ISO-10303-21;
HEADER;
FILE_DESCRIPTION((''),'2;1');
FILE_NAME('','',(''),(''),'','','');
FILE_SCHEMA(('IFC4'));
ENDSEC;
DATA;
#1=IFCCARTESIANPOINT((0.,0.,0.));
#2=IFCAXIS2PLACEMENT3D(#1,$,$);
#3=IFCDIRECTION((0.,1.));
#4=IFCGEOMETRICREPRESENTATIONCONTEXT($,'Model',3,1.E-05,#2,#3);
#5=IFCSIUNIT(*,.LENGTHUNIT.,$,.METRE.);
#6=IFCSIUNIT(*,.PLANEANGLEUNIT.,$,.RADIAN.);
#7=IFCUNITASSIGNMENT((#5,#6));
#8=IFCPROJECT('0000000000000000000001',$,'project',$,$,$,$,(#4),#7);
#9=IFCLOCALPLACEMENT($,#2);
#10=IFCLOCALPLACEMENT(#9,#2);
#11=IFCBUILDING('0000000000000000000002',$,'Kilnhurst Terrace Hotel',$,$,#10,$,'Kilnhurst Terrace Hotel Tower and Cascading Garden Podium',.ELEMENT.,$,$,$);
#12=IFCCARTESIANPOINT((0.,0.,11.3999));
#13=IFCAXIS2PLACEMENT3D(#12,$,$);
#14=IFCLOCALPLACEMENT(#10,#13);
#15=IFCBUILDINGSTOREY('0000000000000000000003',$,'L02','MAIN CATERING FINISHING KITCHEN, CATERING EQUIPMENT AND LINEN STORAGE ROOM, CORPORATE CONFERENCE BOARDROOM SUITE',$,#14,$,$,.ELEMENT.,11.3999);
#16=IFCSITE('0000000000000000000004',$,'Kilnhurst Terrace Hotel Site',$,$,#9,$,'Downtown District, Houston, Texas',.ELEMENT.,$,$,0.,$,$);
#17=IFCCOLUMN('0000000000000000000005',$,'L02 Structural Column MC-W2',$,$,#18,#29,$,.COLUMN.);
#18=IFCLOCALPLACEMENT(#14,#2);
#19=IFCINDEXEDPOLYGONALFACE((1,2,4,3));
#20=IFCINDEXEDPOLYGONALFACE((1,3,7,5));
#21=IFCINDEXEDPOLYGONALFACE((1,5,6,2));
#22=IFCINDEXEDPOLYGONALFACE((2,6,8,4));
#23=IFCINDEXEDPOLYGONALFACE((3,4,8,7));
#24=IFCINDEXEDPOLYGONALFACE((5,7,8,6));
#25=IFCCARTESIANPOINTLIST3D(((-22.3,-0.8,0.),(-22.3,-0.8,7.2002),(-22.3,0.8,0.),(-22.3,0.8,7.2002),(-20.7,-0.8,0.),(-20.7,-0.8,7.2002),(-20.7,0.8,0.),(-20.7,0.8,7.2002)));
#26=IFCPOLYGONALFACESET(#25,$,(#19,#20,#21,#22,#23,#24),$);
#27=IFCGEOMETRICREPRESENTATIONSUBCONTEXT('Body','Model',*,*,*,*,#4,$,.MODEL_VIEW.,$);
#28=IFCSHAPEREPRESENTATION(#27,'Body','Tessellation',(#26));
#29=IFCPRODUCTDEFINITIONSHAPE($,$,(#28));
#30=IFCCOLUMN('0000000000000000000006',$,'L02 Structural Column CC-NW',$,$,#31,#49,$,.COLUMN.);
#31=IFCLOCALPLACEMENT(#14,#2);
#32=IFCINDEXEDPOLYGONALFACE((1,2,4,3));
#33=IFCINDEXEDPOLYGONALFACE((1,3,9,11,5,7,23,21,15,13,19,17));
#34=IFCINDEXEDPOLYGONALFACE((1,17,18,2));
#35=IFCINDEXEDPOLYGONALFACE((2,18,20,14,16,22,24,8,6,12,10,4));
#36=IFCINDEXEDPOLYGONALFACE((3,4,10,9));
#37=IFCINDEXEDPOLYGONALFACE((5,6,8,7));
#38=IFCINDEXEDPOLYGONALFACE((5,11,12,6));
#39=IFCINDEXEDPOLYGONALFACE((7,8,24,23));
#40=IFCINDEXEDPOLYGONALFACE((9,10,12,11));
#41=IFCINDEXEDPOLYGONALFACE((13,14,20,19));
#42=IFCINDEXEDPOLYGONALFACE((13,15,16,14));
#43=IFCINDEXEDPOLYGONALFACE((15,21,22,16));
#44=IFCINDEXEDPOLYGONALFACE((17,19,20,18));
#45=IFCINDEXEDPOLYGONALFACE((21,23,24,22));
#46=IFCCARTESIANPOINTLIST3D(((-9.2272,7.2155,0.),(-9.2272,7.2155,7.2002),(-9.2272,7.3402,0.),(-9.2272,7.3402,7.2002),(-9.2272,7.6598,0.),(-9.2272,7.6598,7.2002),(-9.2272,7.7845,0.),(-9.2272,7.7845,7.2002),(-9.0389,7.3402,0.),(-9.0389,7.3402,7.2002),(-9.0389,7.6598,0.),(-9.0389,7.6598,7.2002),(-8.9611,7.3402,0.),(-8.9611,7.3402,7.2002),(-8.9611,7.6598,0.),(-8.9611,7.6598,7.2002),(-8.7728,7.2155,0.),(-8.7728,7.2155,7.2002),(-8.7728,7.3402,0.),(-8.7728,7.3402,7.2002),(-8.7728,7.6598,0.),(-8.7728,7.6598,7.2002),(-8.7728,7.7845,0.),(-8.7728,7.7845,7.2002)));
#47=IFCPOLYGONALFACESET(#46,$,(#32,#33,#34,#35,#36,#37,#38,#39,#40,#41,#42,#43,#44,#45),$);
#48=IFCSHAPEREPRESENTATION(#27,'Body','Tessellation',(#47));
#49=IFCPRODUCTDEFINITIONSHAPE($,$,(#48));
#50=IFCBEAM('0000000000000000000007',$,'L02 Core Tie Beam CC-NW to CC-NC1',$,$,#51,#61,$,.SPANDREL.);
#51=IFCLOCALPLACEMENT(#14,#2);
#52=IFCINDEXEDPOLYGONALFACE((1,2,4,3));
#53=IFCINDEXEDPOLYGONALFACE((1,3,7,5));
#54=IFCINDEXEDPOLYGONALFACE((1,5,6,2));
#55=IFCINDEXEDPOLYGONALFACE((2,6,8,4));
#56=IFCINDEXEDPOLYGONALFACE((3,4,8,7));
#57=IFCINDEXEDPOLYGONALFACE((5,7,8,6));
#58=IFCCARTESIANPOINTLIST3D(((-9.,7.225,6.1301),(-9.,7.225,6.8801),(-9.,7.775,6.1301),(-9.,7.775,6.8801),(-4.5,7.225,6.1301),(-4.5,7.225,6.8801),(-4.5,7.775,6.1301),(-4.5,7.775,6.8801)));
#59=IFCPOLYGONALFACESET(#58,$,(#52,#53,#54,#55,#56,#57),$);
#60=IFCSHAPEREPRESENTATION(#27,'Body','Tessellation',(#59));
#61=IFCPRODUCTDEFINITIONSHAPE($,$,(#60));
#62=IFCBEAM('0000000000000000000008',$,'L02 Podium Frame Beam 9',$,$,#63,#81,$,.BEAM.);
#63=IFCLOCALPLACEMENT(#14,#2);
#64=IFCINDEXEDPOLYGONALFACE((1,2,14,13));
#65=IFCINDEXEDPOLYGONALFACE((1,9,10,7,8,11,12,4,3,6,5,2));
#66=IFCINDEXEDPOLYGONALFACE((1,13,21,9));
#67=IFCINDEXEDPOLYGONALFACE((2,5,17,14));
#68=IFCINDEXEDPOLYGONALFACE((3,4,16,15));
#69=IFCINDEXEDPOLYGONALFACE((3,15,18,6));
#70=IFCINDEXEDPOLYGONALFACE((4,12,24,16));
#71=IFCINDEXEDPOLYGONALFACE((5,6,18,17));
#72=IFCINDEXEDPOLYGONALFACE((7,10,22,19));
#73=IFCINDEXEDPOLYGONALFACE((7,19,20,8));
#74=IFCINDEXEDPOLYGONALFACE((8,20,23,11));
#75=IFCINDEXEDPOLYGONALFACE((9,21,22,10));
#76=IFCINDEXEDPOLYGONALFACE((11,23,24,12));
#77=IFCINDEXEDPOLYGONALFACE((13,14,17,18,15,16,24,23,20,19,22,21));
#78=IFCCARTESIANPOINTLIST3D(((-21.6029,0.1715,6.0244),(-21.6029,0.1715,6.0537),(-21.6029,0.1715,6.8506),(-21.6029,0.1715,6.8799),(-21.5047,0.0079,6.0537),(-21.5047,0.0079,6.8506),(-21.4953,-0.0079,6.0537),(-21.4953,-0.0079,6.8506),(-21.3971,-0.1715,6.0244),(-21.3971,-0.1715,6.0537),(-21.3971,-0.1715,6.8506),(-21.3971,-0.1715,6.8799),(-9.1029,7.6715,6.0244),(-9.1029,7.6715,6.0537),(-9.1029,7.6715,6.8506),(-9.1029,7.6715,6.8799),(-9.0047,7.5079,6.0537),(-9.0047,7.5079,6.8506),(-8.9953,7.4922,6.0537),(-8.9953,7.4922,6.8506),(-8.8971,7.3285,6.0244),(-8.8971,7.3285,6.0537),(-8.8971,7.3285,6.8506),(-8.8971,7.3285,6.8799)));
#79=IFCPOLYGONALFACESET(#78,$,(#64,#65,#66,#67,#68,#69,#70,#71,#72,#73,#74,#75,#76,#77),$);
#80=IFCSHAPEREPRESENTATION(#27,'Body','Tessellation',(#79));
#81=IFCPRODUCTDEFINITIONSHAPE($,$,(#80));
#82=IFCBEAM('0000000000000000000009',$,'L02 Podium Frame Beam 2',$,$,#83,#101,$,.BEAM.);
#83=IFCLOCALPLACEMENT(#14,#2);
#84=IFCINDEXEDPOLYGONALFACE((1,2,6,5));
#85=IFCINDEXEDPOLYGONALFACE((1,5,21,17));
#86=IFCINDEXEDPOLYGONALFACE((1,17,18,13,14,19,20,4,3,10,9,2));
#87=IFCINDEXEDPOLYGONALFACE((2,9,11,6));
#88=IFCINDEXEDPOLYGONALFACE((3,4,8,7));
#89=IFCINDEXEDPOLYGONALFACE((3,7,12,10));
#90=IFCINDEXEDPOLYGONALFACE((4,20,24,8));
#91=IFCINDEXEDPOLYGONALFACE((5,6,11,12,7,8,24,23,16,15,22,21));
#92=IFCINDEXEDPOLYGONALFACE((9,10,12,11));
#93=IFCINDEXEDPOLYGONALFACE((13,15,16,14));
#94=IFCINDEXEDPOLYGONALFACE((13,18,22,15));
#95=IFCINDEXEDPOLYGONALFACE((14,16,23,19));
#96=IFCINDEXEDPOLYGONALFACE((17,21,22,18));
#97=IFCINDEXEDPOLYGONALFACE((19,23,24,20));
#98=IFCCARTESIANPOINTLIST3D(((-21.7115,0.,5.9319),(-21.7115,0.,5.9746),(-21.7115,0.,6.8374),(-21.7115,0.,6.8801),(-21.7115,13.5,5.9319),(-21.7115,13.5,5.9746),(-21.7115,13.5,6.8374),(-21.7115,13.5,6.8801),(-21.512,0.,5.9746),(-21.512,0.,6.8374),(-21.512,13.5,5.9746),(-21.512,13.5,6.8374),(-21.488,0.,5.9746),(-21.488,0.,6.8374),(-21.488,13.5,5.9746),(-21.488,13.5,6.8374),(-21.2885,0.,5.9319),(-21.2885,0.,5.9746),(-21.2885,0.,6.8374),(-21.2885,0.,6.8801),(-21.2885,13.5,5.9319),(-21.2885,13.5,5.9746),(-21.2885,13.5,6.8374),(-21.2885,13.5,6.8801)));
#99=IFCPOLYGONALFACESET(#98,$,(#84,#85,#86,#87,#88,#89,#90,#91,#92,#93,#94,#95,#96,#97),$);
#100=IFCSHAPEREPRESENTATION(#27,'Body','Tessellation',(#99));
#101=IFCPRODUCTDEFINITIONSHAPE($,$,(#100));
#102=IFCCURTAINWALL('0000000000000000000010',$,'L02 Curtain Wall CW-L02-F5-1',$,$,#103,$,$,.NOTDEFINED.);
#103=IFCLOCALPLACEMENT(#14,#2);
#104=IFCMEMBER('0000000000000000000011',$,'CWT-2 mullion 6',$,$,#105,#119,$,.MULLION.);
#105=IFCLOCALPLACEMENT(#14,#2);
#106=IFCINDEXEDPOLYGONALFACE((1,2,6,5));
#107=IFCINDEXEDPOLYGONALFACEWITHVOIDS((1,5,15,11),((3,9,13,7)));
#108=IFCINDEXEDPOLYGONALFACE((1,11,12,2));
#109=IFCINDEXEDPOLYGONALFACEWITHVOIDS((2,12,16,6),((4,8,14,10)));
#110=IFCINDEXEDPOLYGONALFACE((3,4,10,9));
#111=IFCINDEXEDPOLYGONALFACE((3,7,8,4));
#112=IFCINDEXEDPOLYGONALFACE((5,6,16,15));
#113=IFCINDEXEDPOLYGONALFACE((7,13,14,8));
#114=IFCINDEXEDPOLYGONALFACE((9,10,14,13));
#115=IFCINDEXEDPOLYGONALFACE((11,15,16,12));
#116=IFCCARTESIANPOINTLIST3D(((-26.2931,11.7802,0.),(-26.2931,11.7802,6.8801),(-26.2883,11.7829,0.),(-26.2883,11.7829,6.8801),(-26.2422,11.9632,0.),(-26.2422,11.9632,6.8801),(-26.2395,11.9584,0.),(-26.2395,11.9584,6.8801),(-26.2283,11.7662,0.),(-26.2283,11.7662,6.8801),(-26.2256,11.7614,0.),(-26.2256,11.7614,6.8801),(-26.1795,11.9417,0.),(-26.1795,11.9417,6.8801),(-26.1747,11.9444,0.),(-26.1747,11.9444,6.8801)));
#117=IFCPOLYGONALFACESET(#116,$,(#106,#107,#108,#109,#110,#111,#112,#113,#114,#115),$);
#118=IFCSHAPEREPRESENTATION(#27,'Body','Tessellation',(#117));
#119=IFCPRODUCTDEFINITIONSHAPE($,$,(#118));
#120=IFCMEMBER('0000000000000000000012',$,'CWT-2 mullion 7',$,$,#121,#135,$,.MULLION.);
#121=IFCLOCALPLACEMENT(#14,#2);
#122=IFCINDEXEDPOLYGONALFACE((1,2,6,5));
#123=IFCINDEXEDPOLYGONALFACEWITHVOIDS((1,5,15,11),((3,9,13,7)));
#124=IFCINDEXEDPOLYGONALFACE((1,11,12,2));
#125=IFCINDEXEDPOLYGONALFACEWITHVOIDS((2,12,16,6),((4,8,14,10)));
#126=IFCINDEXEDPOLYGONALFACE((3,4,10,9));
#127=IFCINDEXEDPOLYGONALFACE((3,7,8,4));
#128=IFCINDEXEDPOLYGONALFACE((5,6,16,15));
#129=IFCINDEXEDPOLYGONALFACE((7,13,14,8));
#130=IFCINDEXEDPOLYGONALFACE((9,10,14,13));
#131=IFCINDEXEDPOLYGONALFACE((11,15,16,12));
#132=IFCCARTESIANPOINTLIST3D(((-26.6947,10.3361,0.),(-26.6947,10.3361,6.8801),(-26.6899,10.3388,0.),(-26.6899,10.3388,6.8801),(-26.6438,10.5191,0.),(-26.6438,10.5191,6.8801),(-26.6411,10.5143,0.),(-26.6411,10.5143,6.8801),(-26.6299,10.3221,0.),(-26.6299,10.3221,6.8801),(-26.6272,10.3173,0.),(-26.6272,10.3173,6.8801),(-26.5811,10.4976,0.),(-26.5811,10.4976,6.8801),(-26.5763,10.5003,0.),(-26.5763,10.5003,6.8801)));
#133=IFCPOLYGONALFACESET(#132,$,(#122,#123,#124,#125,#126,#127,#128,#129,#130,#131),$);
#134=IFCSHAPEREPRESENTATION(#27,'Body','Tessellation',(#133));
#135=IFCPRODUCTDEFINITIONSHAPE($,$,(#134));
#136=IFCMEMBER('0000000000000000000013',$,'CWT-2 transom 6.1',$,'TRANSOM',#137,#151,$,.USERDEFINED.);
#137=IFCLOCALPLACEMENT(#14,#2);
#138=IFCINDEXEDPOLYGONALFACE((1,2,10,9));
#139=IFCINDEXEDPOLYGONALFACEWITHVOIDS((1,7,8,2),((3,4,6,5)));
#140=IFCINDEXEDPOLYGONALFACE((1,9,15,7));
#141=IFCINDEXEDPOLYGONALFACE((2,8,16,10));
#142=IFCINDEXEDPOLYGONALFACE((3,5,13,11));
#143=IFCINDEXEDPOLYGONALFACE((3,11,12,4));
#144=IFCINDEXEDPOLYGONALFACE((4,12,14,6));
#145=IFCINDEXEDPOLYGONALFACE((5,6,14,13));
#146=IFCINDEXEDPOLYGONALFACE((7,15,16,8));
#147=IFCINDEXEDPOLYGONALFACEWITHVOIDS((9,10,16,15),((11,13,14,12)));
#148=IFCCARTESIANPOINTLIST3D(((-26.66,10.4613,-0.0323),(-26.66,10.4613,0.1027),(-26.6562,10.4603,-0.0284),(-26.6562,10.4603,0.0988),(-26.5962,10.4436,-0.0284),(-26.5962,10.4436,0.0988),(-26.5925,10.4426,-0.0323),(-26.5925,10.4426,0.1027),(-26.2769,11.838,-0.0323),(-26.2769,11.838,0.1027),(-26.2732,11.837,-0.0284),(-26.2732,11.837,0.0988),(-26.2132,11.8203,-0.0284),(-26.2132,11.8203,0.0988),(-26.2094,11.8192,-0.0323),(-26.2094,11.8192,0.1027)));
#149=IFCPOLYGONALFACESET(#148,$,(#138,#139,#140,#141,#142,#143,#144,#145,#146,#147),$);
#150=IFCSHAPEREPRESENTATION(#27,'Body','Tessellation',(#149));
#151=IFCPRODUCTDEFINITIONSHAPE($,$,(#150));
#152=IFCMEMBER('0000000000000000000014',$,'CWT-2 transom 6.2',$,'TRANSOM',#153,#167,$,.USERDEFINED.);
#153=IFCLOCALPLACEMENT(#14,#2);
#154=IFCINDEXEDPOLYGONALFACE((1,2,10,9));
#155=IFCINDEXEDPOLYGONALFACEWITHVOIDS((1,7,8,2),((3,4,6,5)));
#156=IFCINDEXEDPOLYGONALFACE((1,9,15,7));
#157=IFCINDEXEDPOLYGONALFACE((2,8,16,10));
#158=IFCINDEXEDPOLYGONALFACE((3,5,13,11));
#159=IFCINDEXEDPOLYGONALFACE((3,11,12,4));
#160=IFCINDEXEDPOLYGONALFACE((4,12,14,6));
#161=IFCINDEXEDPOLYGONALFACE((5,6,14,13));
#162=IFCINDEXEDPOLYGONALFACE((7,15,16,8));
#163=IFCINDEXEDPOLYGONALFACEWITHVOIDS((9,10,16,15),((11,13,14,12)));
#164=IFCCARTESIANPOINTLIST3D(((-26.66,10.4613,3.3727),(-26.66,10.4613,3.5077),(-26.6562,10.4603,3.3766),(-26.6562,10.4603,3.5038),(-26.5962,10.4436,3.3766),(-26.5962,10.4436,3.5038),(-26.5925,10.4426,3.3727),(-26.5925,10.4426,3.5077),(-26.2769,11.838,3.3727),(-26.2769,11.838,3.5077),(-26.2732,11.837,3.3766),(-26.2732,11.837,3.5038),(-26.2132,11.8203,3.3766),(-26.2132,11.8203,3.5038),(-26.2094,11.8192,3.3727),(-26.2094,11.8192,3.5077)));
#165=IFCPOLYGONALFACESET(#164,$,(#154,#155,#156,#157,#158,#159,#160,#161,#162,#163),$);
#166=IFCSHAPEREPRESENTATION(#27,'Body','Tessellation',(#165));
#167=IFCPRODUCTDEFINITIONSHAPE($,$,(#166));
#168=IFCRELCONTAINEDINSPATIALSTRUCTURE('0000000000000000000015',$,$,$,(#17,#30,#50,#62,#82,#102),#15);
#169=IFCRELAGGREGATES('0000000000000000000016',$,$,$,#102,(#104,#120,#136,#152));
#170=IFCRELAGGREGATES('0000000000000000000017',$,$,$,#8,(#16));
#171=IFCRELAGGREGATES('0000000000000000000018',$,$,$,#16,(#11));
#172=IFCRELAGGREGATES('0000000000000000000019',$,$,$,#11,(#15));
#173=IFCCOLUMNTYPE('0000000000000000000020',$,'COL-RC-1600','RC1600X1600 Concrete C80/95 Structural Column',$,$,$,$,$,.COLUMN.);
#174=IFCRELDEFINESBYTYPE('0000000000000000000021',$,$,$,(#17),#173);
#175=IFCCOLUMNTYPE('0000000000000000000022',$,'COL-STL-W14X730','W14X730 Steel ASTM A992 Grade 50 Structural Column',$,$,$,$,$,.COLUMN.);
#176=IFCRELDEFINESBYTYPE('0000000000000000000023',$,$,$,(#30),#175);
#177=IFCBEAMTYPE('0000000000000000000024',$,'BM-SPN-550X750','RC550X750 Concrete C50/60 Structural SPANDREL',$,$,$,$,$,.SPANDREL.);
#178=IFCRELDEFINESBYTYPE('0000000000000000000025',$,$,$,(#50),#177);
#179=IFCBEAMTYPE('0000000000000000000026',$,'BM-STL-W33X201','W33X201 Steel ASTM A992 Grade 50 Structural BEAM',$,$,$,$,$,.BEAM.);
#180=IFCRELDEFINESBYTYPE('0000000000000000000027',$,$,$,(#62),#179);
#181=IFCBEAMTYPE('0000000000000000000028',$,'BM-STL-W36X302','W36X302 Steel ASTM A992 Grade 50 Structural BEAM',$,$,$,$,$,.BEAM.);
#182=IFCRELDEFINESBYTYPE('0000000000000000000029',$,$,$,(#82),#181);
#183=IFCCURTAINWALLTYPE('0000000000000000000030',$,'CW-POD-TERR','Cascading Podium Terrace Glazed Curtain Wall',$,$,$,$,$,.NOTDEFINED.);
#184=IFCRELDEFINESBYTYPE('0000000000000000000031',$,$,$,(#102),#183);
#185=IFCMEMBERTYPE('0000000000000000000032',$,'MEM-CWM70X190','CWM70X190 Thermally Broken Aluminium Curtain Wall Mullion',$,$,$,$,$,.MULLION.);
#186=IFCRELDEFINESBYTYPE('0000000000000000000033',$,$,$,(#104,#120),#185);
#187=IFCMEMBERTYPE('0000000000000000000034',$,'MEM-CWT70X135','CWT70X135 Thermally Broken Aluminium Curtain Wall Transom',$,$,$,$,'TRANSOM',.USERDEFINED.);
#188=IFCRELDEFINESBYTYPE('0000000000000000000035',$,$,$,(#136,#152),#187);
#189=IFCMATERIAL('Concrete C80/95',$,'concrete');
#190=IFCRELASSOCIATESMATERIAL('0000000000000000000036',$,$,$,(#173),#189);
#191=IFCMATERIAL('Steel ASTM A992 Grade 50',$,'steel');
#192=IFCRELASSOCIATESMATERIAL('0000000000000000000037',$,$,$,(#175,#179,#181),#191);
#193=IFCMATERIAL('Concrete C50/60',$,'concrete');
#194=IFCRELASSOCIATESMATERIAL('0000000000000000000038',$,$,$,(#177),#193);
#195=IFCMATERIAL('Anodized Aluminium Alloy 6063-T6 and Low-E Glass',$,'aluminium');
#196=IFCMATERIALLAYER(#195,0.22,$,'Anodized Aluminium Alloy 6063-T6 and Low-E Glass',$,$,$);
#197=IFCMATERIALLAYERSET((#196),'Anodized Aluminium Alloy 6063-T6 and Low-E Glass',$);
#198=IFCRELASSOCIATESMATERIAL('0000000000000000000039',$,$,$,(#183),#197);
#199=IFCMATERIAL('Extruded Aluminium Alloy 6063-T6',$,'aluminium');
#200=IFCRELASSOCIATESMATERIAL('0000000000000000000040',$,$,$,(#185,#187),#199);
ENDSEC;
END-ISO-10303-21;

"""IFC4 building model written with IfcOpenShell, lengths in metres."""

from ifc_helpers import new_model, si_unit, direction, frame, origin, origin_2d, place, context, subcontext, project, spatial, rectangle, hollow_rectangle, i_section, extrude, material, layer, layer_set, material_profile, profile_set, type_object, element, aggregate, save


model = new_model("IFC4")

# Units and contexts
model_context = context("Model", 3, precision=1e-05, world=origin(), true_north=direction((0.0, 1.0)))
body_context = subcontext(model_context, "Body", "Model", "MODEL_VIEW")
ifc_project = project(units=[si_unit("LENGTHUNIT", "METRE"), si_unit("PLANEANGLEUNIT", "RADIAN")], contexts=[model_context])

# Site, building, storey
site_placement = place(None, origin())
site = spatial("IfcSite", under=ifc_project, at=site_placement, Name="Kilnhurst Terrace Hotel Site", LongName="Downtown District, Houston, Texas", CompositionType="ELEMENT", RefElevation=0.0)
building_placement = place(site_placement, origin())
building = spatial("IfcBuilding", under=site, at=building_placement, Name="Kilnhurst Terrace Hotel", LongName="Kilnhurst Terrace Hotel Tower and Cascading Garden Podium", CompositionType="ELEMENT")
storey_placement = place(building_placement, frame((0.0, 0.0, 11.3999)))
storey = spatial("IfcBuildingStorey", under=building, at=storey_placement, Name="L02", Description="MAIN CATERING FINISHING KITCHEN, CATERING EQUIPMENT AND LINEN STORAGE ROOM, CORPORATE CONFERENCE BOARDROOM SUITE", CompositionType="ELEMENT", Elevation=11.3999)

# Columns
ifc_material_1 = material(Name="Concrete C80/95", Category="concrete")
ifc_material_profile_1 = material_profile(ifc_material_1, rectangle(XDim=1.6001, YDim=1.6001, at=origin_2d()), Name="RC1600X1600")
ifc_profile_set_1 = profile_set([ifc_material_profile_1], Name="Concrete C80/95")
column_type_1 = type_object("IfcColumnType", Name="COL-RC-1600", Description="RC1600X1600 Concrete C80/95 Structural Column", PredefinedType="COLUMN", material=ifc_profile_set_1)
column_1_placement = place(storey_placement, frame((-21.5, 0.0, 0.0), z_axis=(0.0, 0.0, 1.0), x_axis=(1.0, 0.0, 0.0)))
element("IfcColumn", 1, at=column_1_placement, inside=storey, type_object=column_type_1, Name="L02 Structural Column MC-W2", PredefinedType="COLUMN", context=body_context, shape_type="SweptSolid", body=[
    extrude(rectangle(XDim=1.6001, YDim=1.6001, at=origin_2d()), origin(), (0.0, 0.0, 1.0), 7.2002),
])
ifc_material_2 = material(Name="Steel ASTM A992 Grade 50", Category="steel")
ifc_material_profile_2 = material_profile(ifc_material_2, i_section(OverallWidth=0.4543, OverallDepth=0.5691, WebThickness=0.0779, FlangeThickness=0.1248, at=origin_2d()), Name="W14X730")
ifc_profile_set_2 = profile_set([ifc_material_profile_2], Name="Steel ASTM A992 Grade 50")
column_type_2 = type_object("IfcColumnType", Name="COL-STL-W14X730", Description="W14X730 Steel ASTM A992 Grade 50 Structural Column", PredefinedType="COLUMN", material=ifc_profile_set_2)
column_2_placement = place(storey_placement, frame((-9.0, 7.5, 0.0), z_axis=(0.0, 0.0, 1.0), x_axis=(1.0, 0.0, 0.0)))
element("IfcColumn", 2, at=column_2_placement, inside=storey, type_object=column_type_2, Name="L02 Structural Column CC-NW", PredefinedType="COLUMN", context=body_context, shape_type="SweptSolid", body=[
    extrude(i_section(OverallWidth=0.4543, OverallDepth=0.5691, WebThickness=0.0779, FlangeThickness=0.1248, at=origin_2d()), origin(), (0.0, 0.0, 1.0), 7.2002),
])

# Beams
ifc_material_3 = material(Name="Concrete C50/60", Category="concrete")
ifc_material_profile_3 = material_profile(ifc_material_3, rectangle(XDim=0.55, YDim=0.75, at=origin_2d()), Name="RC550X750")
ifc_profile_set_3 = profile_set([ifc_material_profile_3], Name="Concrete C50/60")
beam_type_1 = type_object("IfcBeamType", Name="BM-SPN-550X750", Description="RC550X750 Concrete C50/60 Structural SPANDREL", PredefinedType="SPANDREL", material=ifc_profile_set_3)
beam_1_placement = place(storey_placement, frame((-9.0, 7.5, 6.5051), z_axis=(1.0, 0.0, 0.0), x_axis=(0.0, 1.0, 0.0)))
element("IfcBeam", 3, at=beam_1_placement, inside=storey, type_object=beam_type_1, Name="L02 Core Tie Beam CC-NW to CC-NC1", PredefinedType="SPANDREL", context=body_context, shape_type="SweptSolid", body=[
    extrude(rectangle(XDim=0.55, YDim=0.75, at=origin_2d()), origin(), (0.0, 0.0, 1.0), 4.5),
])
ifc_material_profile_4 = material_profile(ifc_material_2, i_section(OverallWidth=0.3999, OverallDepth=0.8555, WebThickness=0.0183, FlangeThickness=0.0293, at=origin_2d()), Name="W33X201")
ifc_profile_set_4 = profile_set([ifc_material_profile_4], Name="Steel ASTM A992 Grade 50")
beam_type_2 = type_object("IfcBeamType", Name="BM-STL-W33X201", Description="W33X201 Steel ASTM A992 Grade 50 Structural BEAM", PredefinedType="BEAM", material=ifc_profile_set_4)
beam_2_placement = place(storey_placement, frame((-21.5, 0.0, 6.4521), z_axis=(0.857493, 0.514496, 0.0), x_axis=(-0.514496, 0.857493, 0.0)))
element("IfcBeam", 4, at=beam_2_placement, inside=storey, type_object=beam_type_2, Name="L02 Podium Frame Beam 9", PredefinedType="BEAM", context=body_context, shape_type="SweptSolid", body=[
    extrude(i_section(OverallWidth=0.3999, OverallDepth=0.8555, WebThickness=0.0183, FlangeThickness=0.0293, at=origin_2d()), origin(), (0.0, 0.0, 1.0), 14.5774),
])
ifc_material_profile_5 = material_profile(ifc_material_2, i_section(OverallWidth=0.4231, OverallDepth=0.9482, WebThickness=0.0239, FlangeThickness=0.0427, at=origin_2d()), Name="W36X302")
ifc_profile_set_5 = profile_set([ifc_material_profile_5], Name="Steel ASTM A992 Grade 50")
beam_type_3 = type_object("IfcBeamType", Name="BM-STL-W36X302", Description="W36X302 Steel ASTM A992 Grade 50 Structural BEAM", PredefinedType="BEAM", material=ifc_profile_set_5)
beam_3_placement = place(storey_placement, frame((-21.5, 0.0, 6.406), z_axis=(0.0, 1.0, 0.0), x_axis=(-1.0, 0.0, 0.0)))
element("IfcBeam", 5, at=beam_3_placement, inside=storey, type_object=beam_type_3, Name="L02 Podium Frame Beam 2", PredefinedType="BEAM", context=body_context, shape_type="SweptSolid", body=[
    extrude(i_section(OverallWidth=0.4231, OverallDepth=0.9482, WebThickness=0.0239, FlangeThickness=0.0427, at=origin_2d()), origin(), (0.0, 0.0, 1.0), 13.5),
])

# Curtain wall, members
ifc_material_4 = material(Name="Anodized Aluminium Alloy 6063-T6 and Low-E Glass", Category="aluminium")
ifc_layer_1 = layer(ifc_material_4, 0.22, Name="Anodized Aluminium Alloy 6063-T6 and Low-E Glass")
ifc_layer_set_1 = layer_set([ifc_layer_1], Name="Anodized Aluminium Alloy 6063-T6 and Low-E Glass")
curtain_wall_type = type_object("IfcCurtainWallType", Name="CW-POD-TERR", Description="Cascading Podium Terrace Glazed Curtain Wall", PredefinedType="NOTDEFINED", material=ifc_layer_set_1)
curtain_wall_placement = place(storey_placement, origin())
curtain_wall = element("IfcCurtainWall", 6, at=curtain_wall_placement, inside=storey, type_object=curtain_wall_type, Name="L02 Curtain Wall CW-L02-F5-1", PredefinedType="NOTDEFINED")
ifc_material_5 = material(Name="Extruded Aluminium Alloy 6063-T6", Category="aluminium")
ifc_material_profile_6 = material_profile(ifc_material_5, hollow_rectangle(XDim=0.0701, YDim=0.1899, WallThickness=0.0039, at=origin_2d()), Name="CWM70X190")
ifc_profile_set_6 = profile_set([ifc_material_profile_6], Name="Extruded Aluminium Alloy 6063-T6")
member_type_1 = type_object("IfcMemberType", Name="MEM-CWM70X190", Description="CWM70X190 Thermally Broken Aluminium Curtain Wall Mullion", PredefinedType="MULLION", material=ifc_profile_set_6)
member_1_placement = place(storey_placement, frame((-26.2339, 11.8623, 0.0), z_axis=(0.0, 0.0, 1.0), x_axis=(0.963421, -0.267992, 0.0)))
member_1 = element("IfcMember", 7, at=member_1_placement, type_object=member_type_1, Name="CWT-2 mullion 6", PredefinedType="MULLION", context=body_context, shape_type="SweptSolid", body=[
    extrude(hollow_rectangle(XDim=0.0701, YDim=0.1899, WallThickness=0.0039, at=origin_2d()), origin(), (0.0, 0.0, 1.0), 6.8801),
])
member_2_placement = place(storey_placement, frame((-26.6355, 10.4182, 0.0), z_axis=(0.0, 0.0, 1.0), x_axis=(0.963421, -0.267992, 0.0)))
member_2 = element("IfcMember", 8, at=member_2_placement, type_object=member_type_1, Name="CWT-2 mullion 7", PredefinedType="MULLION", context=body_context, shape_type="SweptSolid", body=[
    extrude(hollow_rectangle(XDim=0.0701, YDim=0.1899, WallThickness=0.0039, at=origin_2d()), origin(), (0.0, 0.0, 1.0), 6.8801),
])
ifc_material_profile_7 = material_profile(ifc_material_5, hollow_rectangle(XDim=0.0701, YDim=0.135, WallThickness=0.0039, at=origin_2d()), Name="CWT70X135")
ifc_profile_set_7 = profile_set([ifc_material_profile_7], Name="Extruded Aluminium Alloy 6063-T6")
member_type_2 = type_object("IfcMemberType", Name="MEM-CWT70X135", Description="CWT70X135 Thermally Broken Aluminium Curtain Wall Transom", ElementType="TRANSOM", PredefinedType="USERDEFINED", material=ifc_profile_set_7)
member_3_placement = place(storey_placement, frame((-26.2432, 11.8286, 0.0352), z_axis=(-0.268058, -0.963403, 0.0), x_axis=(0.963403, -0.268058, 0.0)))
member_3 = element("IfcMember", 9, at=member_3_placement, type_object=member_type_2, Name="CWT-2 transom 6.1", ObjectType="TRANSOM", PredefinedType="USERDEFINED", context=body_context, shape_type="SweptSolid", body=[
    extrude(hollow_rectangle(XDim=0.0701, YDim=0.135, WallThickness=0.0039, at=origin_2d()), origin(), (0.0, 0.0, 1.0), 1.429),
])
member_4_placement = place(storey_placement, frame((-26.2432, 11.8286, 3.4402), z_axis=(-0.268058, -0.963403, 0.0), x_axis=(0.963403, -0.268058, 0.0)))
member_4 = element("IfcMember", 10, at=member_4_placement, type_object=member_type_2, Name="CWT-2 transom 6.2", ObjectType="TRANSOM", PredefinedType="USERDEFINED", context=body_context, shape_type="SweptSolid", body=[
    extrude(hollow_rectangle(XDim=0.0701, YDim=0.135, WallThickness=0.0039, at=origin_2d()), origin(), (0.0, 0.0, 1.0), 1.429),
])
aggregate(curtain_wall, [member_1, member_2, member_3, member_4])

save(model, "model.ifc")
